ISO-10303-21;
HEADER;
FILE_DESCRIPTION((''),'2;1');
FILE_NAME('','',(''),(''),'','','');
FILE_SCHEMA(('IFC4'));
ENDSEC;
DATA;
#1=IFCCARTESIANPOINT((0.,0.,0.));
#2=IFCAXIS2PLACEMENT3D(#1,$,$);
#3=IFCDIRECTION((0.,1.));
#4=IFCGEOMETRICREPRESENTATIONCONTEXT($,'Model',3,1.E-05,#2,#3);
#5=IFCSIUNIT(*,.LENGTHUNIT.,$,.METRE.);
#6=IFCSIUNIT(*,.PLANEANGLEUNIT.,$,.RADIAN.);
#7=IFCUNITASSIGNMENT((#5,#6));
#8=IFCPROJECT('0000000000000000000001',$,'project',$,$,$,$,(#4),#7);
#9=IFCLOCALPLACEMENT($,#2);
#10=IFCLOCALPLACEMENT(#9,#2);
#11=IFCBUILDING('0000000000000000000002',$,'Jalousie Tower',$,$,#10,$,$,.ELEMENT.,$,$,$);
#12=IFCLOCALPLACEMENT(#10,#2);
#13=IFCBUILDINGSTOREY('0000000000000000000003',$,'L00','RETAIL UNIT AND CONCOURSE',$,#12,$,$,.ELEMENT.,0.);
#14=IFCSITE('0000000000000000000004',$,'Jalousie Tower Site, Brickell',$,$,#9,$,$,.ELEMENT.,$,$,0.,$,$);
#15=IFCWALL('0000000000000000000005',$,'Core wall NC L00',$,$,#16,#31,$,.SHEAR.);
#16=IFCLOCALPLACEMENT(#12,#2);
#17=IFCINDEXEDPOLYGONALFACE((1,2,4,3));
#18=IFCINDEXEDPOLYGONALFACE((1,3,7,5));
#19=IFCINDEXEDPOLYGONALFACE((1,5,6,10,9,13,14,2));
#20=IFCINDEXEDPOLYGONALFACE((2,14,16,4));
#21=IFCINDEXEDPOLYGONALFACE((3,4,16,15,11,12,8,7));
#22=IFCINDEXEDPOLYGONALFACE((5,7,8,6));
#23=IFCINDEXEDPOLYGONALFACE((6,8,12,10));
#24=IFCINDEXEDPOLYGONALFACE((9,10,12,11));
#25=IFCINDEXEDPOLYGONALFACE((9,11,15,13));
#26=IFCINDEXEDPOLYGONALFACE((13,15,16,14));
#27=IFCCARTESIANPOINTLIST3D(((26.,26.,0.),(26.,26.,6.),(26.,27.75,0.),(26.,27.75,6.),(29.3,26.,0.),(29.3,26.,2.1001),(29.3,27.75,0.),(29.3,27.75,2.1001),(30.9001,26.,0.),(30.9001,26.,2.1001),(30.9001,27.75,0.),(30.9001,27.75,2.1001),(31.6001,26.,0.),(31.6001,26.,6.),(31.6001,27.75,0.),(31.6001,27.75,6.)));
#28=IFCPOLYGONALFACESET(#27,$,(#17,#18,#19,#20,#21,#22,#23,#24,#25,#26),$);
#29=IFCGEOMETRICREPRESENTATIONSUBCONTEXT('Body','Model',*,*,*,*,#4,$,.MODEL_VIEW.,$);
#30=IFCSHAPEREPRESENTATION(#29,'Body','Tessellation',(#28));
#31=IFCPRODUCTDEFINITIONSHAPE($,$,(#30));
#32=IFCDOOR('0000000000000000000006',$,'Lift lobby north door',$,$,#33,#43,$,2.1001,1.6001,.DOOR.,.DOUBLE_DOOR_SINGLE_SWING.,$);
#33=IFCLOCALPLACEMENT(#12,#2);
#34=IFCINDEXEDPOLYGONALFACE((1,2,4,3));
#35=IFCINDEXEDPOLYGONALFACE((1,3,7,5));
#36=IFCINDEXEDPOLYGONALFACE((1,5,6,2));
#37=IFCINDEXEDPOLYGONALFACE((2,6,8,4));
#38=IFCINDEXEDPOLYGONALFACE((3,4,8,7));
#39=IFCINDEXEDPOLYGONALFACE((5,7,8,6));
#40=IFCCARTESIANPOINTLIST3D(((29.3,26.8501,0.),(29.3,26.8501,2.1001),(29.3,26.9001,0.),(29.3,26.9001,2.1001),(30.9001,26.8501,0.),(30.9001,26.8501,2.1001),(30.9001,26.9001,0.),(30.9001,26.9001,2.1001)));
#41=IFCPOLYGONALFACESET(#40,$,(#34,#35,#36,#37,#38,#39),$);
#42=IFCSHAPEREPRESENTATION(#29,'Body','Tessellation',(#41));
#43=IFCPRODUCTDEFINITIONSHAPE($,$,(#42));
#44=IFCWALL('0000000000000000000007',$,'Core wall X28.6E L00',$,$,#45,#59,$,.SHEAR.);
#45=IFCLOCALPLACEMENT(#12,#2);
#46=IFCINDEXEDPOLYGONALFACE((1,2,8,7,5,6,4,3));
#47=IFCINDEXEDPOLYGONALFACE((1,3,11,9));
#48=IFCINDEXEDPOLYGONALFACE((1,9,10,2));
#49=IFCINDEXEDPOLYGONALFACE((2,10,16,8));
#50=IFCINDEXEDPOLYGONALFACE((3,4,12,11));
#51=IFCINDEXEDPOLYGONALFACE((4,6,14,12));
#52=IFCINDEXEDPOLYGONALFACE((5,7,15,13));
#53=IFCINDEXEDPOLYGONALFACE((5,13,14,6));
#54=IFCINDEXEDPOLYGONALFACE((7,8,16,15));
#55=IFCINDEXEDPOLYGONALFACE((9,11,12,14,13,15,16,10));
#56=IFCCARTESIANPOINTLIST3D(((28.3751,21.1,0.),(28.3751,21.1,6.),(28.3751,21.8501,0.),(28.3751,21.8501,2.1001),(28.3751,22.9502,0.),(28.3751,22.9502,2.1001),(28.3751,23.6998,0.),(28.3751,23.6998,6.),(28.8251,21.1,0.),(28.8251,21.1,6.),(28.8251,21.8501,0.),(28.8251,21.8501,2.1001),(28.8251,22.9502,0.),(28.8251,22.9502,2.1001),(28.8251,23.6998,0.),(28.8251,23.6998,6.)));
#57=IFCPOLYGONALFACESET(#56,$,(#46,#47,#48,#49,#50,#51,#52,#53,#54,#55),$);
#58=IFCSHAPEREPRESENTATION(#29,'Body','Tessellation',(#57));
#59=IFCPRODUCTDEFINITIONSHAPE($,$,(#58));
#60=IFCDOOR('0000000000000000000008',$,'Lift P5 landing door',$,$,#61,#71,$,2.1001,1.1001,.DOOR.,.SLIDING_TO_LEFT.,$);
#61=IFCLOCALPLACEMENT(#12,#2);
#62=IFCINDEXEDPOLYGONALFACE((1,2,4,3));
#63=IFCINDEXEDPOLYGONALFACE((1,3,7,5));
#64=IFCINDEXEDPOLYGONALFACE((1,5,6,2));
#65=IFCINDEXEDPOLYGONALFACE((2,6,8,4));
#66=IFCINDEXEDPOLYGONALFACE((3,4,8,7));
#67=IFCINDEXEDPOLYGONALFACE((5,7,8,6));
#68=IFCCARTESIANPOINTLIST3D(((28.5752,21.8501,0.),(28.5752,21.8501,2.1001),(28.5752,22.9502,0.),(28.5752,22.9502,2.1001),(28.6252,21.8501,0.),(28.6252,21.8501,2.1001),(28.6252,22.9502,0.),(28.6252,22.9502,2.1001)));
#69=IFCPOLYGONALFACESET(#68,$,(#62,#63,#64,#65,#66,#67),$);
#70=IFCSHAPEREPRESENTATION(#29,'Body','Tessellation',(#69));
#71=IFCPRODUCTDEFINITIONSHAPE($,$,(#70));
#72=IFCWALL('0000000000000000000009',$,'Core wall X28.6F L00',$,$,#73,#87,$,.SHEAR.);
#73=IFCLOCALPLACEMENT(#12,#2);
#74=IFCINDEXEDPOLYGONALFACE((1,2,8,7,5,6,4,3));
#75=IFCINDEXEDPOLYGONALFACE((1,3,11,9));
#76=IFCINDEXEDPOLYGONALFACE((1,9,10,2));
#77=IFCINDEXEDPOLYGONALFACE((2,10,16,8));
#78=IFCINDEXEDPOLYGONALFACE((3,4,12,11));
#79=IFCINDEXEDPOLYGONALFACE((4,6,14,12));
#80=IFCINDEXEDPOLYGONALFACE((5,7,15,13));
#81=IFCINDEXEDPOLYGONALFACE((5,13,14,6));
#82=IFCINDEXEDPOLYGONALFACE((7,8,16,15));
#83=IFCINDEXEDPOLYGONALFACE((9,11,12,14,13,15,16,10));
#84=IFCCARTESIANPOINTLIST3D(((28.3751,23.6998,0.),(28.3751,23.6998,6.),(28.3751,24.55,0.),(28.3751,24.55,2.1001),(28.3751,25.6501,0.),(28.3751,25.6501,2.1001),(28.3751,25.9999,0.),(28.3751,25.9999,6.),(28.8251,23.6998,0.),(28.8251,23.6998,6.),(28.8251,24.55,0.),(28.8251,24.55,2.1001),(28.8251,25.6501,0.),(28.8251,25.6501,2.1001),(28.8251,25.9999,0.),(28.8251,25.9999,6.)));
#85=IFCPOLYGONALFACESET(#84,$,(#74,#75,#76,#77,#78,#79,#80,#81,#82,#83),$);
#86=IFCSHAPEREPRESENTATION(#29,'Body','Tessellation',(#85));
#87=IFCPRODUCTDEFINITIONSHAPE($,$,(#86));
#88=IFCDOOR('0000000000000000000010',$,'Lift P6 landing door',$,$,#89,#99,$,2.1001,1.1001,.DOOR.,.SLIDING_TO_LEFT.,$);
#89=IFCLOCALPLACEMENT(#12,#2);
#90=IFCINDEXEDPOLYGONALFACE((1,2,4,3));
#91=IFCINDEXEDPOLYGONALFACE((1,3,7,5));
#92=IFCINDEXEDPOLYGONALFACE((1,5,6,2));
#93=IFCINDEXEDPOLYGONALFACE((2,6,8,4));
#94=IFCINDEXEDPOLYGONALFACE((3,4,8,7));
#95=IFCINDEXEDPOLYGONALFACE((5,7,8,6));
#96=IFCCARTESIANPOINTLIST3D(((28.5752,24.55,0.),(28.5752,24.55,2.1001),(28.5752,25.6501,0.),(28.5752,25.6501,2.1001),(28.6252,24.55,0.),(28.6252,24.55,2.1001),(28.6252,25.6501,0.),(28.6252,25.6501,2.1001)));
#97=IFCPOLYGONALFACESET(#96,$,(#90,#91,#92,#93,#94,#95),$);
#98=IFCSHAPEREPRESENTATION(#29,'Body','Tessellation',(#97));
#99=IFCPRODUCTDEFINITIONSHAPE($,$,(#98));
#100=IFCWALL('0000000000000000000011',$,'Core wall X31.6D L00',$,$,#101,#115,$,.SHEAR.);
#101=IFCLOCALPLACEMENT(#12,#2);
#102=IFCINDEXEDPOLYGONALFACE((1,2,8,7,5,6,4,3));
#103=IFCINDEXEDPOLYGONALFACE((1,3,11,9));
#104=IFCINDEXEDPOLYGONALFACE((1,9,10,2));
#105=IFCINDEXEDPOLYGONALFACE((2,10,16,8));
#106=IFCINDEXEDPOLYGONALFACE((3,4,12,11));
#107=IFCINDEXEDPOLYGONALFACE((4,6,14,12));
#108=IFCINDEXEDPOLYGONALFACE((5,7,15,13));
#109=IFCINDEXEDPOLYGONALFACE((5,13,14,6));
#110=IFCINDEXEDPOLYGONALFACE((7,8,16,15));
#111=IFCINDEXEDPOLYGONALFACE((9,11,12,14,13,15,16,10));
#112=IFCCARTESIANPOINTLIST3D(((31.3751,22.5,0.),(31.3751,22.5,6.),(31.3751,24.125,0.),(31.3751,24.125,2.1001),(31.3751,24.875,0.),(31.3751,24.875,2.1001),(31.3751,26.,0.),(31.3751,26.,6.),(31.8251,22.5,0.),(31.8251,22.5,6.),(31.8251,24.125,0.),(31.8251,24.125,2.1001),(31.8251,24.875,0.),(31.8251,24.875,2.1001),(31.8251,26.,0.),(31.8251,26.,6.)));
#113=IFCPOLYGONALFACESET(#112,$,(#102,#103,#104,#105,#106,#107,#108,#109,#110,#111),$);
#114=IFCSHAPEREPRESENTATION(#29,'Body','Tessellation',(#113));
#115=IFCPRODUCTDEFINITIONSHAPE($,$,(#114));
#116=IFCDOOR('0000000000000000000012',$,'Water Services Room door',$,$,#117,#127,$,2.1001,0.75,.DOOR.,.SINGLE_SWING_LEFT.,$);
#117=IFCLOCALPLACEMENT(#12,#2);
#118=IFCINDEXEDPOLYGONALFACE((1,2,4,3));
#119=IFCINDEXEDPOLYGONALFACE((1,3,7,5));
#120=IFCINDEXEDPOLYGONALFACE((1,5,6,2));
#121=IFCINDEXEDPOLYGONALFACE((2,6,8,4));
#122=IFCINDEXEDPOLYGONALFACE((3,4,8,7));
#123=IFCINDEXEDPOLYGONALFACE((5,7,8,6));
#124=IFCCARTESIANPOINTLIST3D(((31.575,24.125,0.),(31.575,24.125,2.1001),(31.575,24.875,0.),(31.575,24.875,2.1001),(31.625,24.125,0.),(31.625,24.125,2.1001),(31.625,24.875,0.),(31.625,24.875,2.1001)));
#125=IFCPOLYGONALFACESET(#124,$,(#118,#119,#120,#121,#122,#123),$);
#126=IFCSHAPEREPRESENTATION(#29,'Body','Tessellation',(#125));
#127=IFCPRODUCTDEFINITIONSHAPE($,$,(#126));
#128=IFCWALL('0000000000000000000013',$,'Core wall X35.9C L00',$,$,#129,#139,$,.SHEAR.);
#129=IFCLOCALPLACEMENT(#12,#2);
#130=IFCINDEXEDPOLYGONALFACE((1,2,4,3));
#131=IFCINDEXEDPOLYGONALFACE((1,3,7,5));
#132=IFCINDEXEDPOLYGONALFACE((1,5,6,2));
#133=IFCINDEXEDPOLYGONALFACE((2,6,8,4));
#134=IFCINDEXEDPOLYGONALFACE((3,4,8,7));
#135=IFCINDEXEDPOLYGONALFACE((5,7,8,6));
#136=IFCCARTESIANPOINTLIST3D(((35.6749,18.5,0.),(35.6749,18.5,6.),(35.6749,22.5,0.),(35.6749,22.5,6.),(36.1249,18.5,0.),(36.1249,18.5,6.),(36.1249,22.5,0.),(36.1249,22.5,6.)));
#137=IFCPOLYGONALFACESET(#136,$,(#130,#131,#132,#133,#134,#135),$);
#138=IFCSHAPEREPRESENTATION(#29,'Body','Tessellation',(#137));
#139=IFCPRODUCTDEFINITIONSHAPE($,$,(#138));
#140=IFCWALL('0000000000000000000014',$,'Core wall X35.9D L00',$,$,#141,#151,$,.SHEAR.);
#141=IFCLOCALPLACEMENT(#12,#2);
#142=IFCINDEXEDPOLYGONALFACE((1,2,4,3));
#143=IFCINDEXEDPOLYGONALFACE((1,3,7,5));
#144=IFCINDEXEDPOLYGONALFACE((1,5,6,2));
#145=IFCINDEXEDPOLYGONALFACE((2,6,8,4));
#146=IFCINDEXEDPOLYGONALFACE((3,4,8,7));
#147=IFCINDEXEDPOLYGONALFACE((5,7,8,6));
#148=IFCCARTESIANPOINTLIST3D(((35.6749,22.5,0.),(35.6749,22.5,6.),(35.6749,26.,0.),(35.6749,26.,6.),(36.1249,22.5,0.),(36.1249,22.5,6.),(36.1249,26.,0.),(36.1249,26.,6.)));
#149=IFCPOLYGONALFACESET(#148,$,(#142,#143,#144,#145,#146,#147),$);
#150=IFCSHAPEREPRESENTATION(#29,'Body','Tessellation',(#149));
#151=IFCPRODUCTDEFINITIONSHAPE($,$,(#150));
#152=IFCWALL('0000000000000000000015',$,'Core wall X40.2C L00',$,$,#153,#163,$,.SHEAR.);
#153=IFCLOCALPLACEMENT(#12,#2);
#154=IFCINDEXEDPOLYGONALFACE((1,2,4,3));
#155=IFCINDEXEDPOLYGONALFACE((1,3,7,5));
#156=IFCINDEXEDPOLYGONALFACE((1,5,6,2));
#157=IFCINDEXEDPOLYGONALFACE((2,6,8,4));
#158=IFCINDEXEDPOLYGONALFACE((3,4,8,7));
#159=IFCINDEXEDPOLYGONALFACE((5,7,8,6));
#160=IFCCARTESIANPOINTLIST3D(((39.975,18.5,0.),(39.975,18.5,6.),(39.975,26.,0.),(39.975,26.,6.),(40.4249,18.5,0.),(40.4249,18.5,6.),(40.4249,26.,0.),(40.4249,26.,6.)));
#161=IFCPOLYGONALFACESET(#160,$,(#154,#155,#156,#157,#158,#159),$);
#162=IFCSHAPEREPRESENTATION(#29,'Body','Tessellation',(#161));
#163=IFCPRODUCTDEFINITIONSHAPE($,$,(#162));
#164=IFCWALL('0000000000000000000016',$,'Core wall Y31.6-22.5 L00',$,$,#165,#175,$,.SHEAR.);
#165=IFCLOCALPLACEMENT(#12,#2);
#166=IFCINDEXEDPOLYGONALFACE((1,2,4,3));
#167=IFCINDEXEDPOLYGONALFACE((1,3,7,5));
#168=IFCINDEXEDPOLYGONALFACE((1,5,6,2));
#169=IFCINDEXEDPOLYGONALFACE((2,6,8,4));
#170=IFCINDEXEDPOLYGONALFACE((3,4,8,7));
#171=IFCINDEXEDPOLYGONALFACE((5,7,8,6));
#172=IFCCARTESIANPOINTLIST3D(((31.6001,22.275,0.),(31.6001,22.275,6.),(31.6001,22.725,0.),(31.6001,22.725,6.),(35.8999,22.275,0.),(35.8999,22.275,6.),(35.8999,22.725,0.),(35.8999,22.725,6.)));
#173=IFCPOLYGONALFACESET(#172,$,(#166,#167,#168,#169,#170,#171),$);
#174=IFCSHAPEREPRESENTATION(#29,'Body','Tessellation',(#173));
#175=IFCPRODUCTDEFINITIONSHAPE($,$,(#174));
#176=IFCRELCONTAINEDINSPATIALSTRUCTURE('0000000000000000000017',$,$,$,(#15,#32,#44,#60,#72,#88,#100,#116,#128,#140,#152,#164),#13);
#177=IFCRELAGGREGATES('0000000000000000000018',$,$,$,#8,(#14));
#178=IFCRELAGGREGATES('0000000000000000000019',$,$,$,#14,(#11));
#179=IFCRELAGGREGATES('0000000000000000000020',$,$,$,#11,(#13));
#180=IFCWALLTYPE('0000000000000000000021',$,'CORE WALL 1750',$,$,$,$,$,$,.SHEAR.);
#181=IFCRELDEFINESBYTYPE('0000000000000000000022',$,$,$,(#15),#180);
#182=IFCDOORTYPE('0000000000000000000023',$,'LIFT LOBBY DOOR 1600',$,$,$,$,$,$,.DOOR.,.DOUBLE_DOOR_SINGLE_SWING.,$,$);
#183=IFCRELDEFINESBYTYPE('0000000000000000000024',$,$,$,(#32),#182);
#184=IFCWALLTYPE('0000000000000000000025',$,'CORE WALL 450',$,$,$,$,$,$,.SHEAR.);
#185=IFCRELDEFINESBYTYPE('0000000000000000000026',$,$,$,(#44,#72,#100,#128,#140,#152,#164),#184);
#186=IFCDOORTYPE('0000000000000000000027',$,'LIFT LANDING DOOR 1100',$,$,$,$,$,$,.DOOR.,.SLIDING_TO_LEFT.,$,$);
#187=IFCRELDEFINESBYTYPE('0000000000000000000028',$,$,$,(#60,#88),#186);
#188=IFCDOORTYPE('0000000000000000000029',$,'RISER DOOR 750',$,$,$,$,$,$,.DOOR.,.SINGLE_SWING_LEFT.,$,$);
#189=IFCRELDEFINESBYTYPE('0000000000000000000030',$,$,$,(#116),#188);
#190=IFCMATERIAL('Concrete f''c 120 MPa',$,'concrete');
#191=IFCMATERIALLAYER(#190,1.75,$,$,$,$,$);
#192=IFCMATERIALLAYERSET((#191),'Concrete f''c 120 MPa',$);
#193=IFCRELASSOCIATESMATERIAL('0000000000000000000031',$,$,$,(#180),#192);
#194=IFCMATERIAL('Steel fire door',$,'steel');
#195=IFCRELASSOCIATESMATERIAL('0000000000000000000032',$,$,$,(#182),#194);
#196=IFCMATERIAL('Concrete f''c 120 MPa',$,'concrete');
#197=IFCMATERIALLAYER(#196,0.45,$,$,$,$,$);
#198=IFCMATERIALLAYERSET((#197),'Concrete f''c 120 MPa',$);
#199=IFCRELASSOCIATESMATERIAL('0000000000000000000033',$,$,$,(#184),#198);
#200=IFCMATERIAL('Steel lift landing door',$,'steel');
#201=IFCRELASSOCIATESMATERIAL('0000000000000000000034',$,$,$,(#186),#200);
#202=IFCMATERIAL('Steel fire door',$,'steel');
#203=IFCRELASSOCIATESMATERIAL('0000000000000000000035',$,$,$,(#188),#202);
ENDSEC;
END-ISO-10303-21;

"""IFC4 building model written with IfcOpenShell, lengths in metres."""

from ifc_helpers import new_model, si_unit, direction, frame, frame_2d, origin, place, context, subcontext, project, spatial, rectangle, extrude, material, layer, layer_set, type_object, element, fill, save


model = new_model("IFC4")

# Units and contexts
model_context = context("Model", 3, precision=1e-05, world=origin(), true_north=direction((0.0, 1.0)))
body_context = subcontext(model_context, "Body", "Model", "MODEL_VIEW")
ifc_project = project(units=[si_unit("LENGTHUNIT", "METRE"), si_unit("PLANEANGLEUNIT", "RADIAN")], contexts=[model_context])

# Site, building, storey
site_placement = place(None, origin())
site = spatial("IfcSite", under=ifc_project, at=site_placement, Name="Jalousie Tower Site, Brickell", CompositionType="ELEMENT", RefElevation=0.0)
building_placement = place(site_placement, origin())
building = spatial("IfcBuilding", under=site, at=building_placement, Name="Jalousie Tower", CompositionType="ELEMENT")
storey_placement = place(building_placement, origin())
storey = spatial("IfcBuildingStorey", under=building, at=storey_placement, Name="L00", Description="RETAIL UNIT AND CONCOURSE", CompositionType="ELEMENT", Elevation=0.0)

# Walls, openings, doors
ifc_material_1 = material(Name="Concrete f'c 120 MPa", Category="concrete")
ifc_layer_1 = layer(ifc_material_1, 1.75)
ifc_layer_set_1 = layer_set([ifc_layer_1], Name="Concrete f'c 120 MPa")
wall_type_1 = type_object("IfcWallType", Name="CORE WALL 1750", PredefinedType="SHEAR", material=ifc_layer_set_1)
wall_1_placement = place(storey_placement, frame((31.6001, 26.875, 0.0), z_axis=(0.0, 0.0, 1.0), x_axis=(-1.0, 0.0, 0.0)))
wall_1 = element("IfcWall", 1, at=wall_1_placement, inside=storey, type_object=wall_type_1, Name="Core wall NC L00", PredefinedType="SHEAR", context=body_context, shape_type="SweptSolid", body=[
    extrude(rectangle(XDim=5.6001, YDim=1.75, at=frame_2d((2.8, 0.0))), origin(), (0.0, 0.0, 1.0), 6.0),
])
opening_1_placement = place(wall_1_placement, frame((0.7, 0.0, 0.0)))
opening_1 = element("IfcOpeningElement", 2, at=opening_1_placement, cuts=wall_1, PredefinedType="OPENING", context=body_context, shape_type="SweptSolid", body=[
    extrude(rectangle(XDim=1.6001, YDim=2.1001, at=frame_2d((0.8, 1.05))), frame((0.0, 0.885, 0.0), z_axis=(0.0, -1.0, 0.0), x_axis=(1.0, 0.0, 0.0)), (0.0, 0.0, 1.0), 1.77),
])
ifc_material_2 = material(Name="Steel fire door", Category="steel")
door_type_1 = type_object("IfcDoorType", Name="LIFT LOBBY DOOR 1600", OperationType="DOUBLE_DOOR_SINGLE_SWING", PredefinedType="DOOR", material=ifc_material_2)
door_1_placement = place(opening_1_placement, origin())
door_1 = element("IfcDoor", 3, at=door_1_placement, inside=storey, type_object=door_type_1, Name="Lift lobby north door", OperationType="DOUBLE_DOOR_SINGLE_SWING", OverallHeight=2.1001, OverallWidth=1.6001, PredefinedType="DOOR", context=body_context, shape_type="SweptSolid", body=[
    extrude(rectangle(XDim=1.6001, YDim=2.1001, at=frame_2d((0.8, 1.05))), frame((0.0, 0.0249, 0.0), z_axis=(0.0, -1.0, 0.0), x_axis=(1.0, 0.0, 0.0)), (0.0, 0.0, 1.0), 0.05),
])
fill(opening_1, door_1)
ifc_material_3 = material(Name="Concrete f'c 120 MPa", Category="concrete")
ifc_layer_2 = layer(ifc_material_3, 0.45)
ifc_layer_set_2 = layer_set([ifc_layer_2], Name="Concrete f'c 120 MPa")
wall_type_2 = type_object("IfcWallType", Name="CORE WALL 450", PredefinedType="SHEAR", material=ifc_layer_set_2)
wall_2_placement = place(storey_placement, frame((28.6001, 21.1001, 0.0), z_axis=(0.0, 0.0, 1.0), x_axis=(0.0, 1.0, 0.0)))
wall_2 = element("IfcWall", 4, at=wall_2_placement, inside=storey, type_object=wall_type_2, Name="Core wall X28.6E L00", PredefinedType="SHEAR", context=body_context, shape_type="SweptSolid", body=[
    extrude(rectangle(XDim=2.5999, YDim=0.45, at=frame_2d((1.2998, 0.0))), origin(), (0.0, 0.0, 1.0), 6.0),
])
opening_2_placement = place(wall_2_placement, frame((0.75, 0.0, 0.0)))
opening_2 = element("IfcOpeningElement", 5, at=opening_2_placement, cuts=wall_2, PredefinedType="OPENING", context=body_context, shape_type="SweptSolid", body=[
    extrude(rectangle(XDim=1.1001, YDim=2.1001, at=frame_2d((0.55, 1.05))), frame((0.0, 0.2349, 0.0), z_axis=(0.0, -1.0, 0.0), x_axis=(1.0, 0.0, 0.0)), (0.0, 0.0, 1.0), 0.47),
])
ifc_material_4 = material(Name="Steel lift landing door", Category="steel")
door_type_2 = type_object("IfcDoorType", Name="LIFT LANDING DOOR 1100", OperationType="SLIDING_TO_LEFT", PredefinedType="DOOR", material=ifc_material_4)
door_2_placement = place(opening_2_placement, origin())
door_2 = element("IfcDoor", 6, at=door_2_placement, inside=storey, type_object=door_type_2, Name="Lift P5 landing door", OperationType="SLIDING_TO_LEFT", OverallHeight=2.1001, OverallWidth=1.1001, PredefinedType="DOOR", context=body_context, shape_type="SweptSolid", body=[
    extrude(rectangle(XDim=1.1001, YDim=2.1001, at=frame_2d((0.55, 1.05))), frame((0.0, 0.0249, 0.0), z_axis=(0.0, -1.0, 0.0), x_axis=(1.0, 0.0, 0.0)), (0.0, 0.0, 1.0), 0.05),
])
fill(opening_2, door_2)
wall_3_placement = place(storey_placement, frame((28.6001, 23.7, 0.0), z_axis=(0.0, 0.0, 1.0), x_axis=(0.0, 1.0, 0.0)))
wall_3 = element("IfcWall", 7, at=wall_3_placement, inside=storey, type_object=wall_type_2, Name="Core wall X28.6F L00", PredefinedType="SHEAR", context=body_context, shape_type="SweptSolid", body=[
    extrude(rectangle(XDim=2.3, YDim=0.45, at=frame_2d((1.1499, 0.0))), origin(), (0.0, 0.0, 1.0), 6.0),
])
opening_3_placement = place(wall_3_placement, frame((0.8501, 0.0, 0.0)))
opening_3 = element("IfcOpeningElement", 8, at=opening_3_placement, cuts=wall_3, PredefinedType="OPENING", context=body_context, shape_type="SweptSolid", body=[
    extrude(rectangle(XDim=1.1001, YDim=2.1001, at=frame_2d((0.55, 1.05))), frame((0.0, 0.2349, 0.0), z_axis=(0.0, -1.0, 0.0), x_axis=(1.0, 0.0, 0.0)), (0.0, 0.0, 1.0), 0.47),
])
door_3_placement = place(opening_3_placement, origin())
door_3 = element("IfcDoor", 9, at=door_3_placement, inside=storey, type_object=door_type_2, Name="Lift P6 landing door", OperationType="SLIDING_TO_LEFT", OverallHeight=2.1001, OverallWidth=1.1001, PredefinedType="DOOR", context=body_context, shape_type="SweptSolid", body=[
    extrude(rectangle(XDim=1.1001, YDim=2.1001, at=frame_2d((0.55, 1.05))), frame((0.0, 0.0249, 0.0), z_axis=(0.0, -1.0, 0.0), x_axis=(1.0, 0.0, 0.0)), (0.0, 0.0, 1.0), 0.05),
])
fill(opening_3, door_3)
wall_4_placement = place(storey_placement, frame((31.6001, 22.5, 0.0), z_axis=(0.0, 0.0, 1.0), x_axis=(0.0, 1.0, 0.0)))
wall_4 = element("IfcWall", 10, at=wall_4_placement, inside=storey, type_object=wall_type_2, Name="Core wall X31.6D L00", PredefinedType="SHEAR", context=body_context, shape_type="SweptSolid", body=[
    extrude(rectangle(XDim=3.5, YDim=0.45, at=frame_2d((1.75, 0.0))), origin(), (0.0, 0.0, 1.0), 6.0),
])
opening_4_placement = place(wall_4_placement, frame((1.625, 0.0, 0.0)))
opening_4 = element("IfcOpeningElement", 11, at=opening_4_placement, cuts=wall_4, PredefinedType="OPENING", context=body_context, shape_type="SweptSolid", body=[
    extrude(rectangle(XDim=0.75, YDim=2.1001, at=frame_2d((0.375, 1.05))), frame((0.0, 0.2349, 0.0), z_axis=(0.0, -1.0, 0.0), x_axis=(1.0, 0.0, 0.0)), (0.0, 0.0, 1.0), 0.47),
])
ifc_material_5 = material(Name="Steel fire door", Category="steel")
door_type_3 = type_object("IfcDoorType", Name="RISER DOOR 750", OperationType="SINGLE_SWING_LEFT", PredefinedType="DOOR", material=ifc_material_5)
door_4_placement = place(opening_4_placement, frame((0.75, 0.0, 0.0), z_axis=(0.0, 0.0, 1.0), x_axis=(-1.0, 0.0, 0.0)))
door_4 = element("IfcDoor", 12, at=door_4_placement, inside=storey, type_object=door_type_3, Name="Water Services Room door", OperationType="SINGLE_SWING_LEFT", OverallHeight=2.1001, OverallWidth=0.75, PredefinedType="DOOR", context=body_context, shape_type="SweptSolid", body=[
    extrude(rectangle(XDim=0.75, YDim=2.1001, at=frame_2d((0.375, 1.05))), frame((0.0, 0.0249, 0.0), z_axis=(0.0, -1.0, 0.0), x_axis=(1.0, 0.0, 0.0)), (0.0, 0.0, 1.0), 0.05),
])
fill(opening_4, door_4)

# Walls
wall_5_placement = place(storey_placement, frame((35.8999, 18.5, 0.0), z_axis=(0.0, 0.0, 1.0), x_axis=(0.0, 1.0, 0.0)))
element("IfcWall", 13, at=wall_5_placement, inside=storey, type_object=wall_type_2, Name="Core wall X35.9C L00", PredefinedType="SHEAR", context=body_context, shape_type="SweptSolid", body=[
    extrude(rectangle(XDim=4.0, YDim=0.45, at=frame_2d((2.0, 0.0))), origin(), (0.0, 0.0, 1.0), 6.0),
])
wall_6_placement = place(storey_placement, frame((35.8999, 22.5, 0.0), z_axis=(0.0, 0.0, 1.0), x_axis=(0.0, 1.0, 0.0)))
element("IfcWall", 14, at=wall_6_placement, inside=storey, type_object=wall_type_2, Name="Core wall X35.9D L00", PredefinedType="SHEAR", context=body_context, shape_type="SweptSolid", body=[
    extrude(rectangle(XDim=3.5, YDim=0.45, at=frame_2d((1.75, 0.0))), origin(), (0.0, 0.0, 1.0), 6.0),
])
wall_7_placement = place(storey_placement, frame((40.2, 18.5, 0.0), z_axis=(0.0, 0.0, 1.0), x_axis=(0.0, 1.0, 0.0)))
element("IfcWall", 15, at=wall_7_placement, inside=storey, type_object=wall_type_2, Name="Core wall X40.2C L00", PredefinedType="SHEAR", context=body_context, shape_type="SweptSolid", body=[
    extrude(rectangle(XDim=7.5, YDim=0.45, at=frame_2d((3.75, 0.0))), origin(), (0.0, 0.0, 1.0), 6.0),
])
wall_8_placement = place(storey_placement, frame((31.6001, 22.5, 0.0), z_axis=(0.0, 0.0, 1.0), x_axis=(1.0, 0.0, 0.0)))
element("IfcWall", 16, at=wall_8_placement, inside=storey, type_object=wall_type_2, Name="Core wall Y31.6-22.5 L00", PredefinedType="SHEAR", context=body_context, shape_type="SweptSolid", body=[
    extrude(rectangle(XDim=4.2998, YDim=0.45, at=frame_2d((2.1499, 0.0))), origin(), (0.0, 0.0, 1.0), 6.0),
])

save(model, "model.ifc")
